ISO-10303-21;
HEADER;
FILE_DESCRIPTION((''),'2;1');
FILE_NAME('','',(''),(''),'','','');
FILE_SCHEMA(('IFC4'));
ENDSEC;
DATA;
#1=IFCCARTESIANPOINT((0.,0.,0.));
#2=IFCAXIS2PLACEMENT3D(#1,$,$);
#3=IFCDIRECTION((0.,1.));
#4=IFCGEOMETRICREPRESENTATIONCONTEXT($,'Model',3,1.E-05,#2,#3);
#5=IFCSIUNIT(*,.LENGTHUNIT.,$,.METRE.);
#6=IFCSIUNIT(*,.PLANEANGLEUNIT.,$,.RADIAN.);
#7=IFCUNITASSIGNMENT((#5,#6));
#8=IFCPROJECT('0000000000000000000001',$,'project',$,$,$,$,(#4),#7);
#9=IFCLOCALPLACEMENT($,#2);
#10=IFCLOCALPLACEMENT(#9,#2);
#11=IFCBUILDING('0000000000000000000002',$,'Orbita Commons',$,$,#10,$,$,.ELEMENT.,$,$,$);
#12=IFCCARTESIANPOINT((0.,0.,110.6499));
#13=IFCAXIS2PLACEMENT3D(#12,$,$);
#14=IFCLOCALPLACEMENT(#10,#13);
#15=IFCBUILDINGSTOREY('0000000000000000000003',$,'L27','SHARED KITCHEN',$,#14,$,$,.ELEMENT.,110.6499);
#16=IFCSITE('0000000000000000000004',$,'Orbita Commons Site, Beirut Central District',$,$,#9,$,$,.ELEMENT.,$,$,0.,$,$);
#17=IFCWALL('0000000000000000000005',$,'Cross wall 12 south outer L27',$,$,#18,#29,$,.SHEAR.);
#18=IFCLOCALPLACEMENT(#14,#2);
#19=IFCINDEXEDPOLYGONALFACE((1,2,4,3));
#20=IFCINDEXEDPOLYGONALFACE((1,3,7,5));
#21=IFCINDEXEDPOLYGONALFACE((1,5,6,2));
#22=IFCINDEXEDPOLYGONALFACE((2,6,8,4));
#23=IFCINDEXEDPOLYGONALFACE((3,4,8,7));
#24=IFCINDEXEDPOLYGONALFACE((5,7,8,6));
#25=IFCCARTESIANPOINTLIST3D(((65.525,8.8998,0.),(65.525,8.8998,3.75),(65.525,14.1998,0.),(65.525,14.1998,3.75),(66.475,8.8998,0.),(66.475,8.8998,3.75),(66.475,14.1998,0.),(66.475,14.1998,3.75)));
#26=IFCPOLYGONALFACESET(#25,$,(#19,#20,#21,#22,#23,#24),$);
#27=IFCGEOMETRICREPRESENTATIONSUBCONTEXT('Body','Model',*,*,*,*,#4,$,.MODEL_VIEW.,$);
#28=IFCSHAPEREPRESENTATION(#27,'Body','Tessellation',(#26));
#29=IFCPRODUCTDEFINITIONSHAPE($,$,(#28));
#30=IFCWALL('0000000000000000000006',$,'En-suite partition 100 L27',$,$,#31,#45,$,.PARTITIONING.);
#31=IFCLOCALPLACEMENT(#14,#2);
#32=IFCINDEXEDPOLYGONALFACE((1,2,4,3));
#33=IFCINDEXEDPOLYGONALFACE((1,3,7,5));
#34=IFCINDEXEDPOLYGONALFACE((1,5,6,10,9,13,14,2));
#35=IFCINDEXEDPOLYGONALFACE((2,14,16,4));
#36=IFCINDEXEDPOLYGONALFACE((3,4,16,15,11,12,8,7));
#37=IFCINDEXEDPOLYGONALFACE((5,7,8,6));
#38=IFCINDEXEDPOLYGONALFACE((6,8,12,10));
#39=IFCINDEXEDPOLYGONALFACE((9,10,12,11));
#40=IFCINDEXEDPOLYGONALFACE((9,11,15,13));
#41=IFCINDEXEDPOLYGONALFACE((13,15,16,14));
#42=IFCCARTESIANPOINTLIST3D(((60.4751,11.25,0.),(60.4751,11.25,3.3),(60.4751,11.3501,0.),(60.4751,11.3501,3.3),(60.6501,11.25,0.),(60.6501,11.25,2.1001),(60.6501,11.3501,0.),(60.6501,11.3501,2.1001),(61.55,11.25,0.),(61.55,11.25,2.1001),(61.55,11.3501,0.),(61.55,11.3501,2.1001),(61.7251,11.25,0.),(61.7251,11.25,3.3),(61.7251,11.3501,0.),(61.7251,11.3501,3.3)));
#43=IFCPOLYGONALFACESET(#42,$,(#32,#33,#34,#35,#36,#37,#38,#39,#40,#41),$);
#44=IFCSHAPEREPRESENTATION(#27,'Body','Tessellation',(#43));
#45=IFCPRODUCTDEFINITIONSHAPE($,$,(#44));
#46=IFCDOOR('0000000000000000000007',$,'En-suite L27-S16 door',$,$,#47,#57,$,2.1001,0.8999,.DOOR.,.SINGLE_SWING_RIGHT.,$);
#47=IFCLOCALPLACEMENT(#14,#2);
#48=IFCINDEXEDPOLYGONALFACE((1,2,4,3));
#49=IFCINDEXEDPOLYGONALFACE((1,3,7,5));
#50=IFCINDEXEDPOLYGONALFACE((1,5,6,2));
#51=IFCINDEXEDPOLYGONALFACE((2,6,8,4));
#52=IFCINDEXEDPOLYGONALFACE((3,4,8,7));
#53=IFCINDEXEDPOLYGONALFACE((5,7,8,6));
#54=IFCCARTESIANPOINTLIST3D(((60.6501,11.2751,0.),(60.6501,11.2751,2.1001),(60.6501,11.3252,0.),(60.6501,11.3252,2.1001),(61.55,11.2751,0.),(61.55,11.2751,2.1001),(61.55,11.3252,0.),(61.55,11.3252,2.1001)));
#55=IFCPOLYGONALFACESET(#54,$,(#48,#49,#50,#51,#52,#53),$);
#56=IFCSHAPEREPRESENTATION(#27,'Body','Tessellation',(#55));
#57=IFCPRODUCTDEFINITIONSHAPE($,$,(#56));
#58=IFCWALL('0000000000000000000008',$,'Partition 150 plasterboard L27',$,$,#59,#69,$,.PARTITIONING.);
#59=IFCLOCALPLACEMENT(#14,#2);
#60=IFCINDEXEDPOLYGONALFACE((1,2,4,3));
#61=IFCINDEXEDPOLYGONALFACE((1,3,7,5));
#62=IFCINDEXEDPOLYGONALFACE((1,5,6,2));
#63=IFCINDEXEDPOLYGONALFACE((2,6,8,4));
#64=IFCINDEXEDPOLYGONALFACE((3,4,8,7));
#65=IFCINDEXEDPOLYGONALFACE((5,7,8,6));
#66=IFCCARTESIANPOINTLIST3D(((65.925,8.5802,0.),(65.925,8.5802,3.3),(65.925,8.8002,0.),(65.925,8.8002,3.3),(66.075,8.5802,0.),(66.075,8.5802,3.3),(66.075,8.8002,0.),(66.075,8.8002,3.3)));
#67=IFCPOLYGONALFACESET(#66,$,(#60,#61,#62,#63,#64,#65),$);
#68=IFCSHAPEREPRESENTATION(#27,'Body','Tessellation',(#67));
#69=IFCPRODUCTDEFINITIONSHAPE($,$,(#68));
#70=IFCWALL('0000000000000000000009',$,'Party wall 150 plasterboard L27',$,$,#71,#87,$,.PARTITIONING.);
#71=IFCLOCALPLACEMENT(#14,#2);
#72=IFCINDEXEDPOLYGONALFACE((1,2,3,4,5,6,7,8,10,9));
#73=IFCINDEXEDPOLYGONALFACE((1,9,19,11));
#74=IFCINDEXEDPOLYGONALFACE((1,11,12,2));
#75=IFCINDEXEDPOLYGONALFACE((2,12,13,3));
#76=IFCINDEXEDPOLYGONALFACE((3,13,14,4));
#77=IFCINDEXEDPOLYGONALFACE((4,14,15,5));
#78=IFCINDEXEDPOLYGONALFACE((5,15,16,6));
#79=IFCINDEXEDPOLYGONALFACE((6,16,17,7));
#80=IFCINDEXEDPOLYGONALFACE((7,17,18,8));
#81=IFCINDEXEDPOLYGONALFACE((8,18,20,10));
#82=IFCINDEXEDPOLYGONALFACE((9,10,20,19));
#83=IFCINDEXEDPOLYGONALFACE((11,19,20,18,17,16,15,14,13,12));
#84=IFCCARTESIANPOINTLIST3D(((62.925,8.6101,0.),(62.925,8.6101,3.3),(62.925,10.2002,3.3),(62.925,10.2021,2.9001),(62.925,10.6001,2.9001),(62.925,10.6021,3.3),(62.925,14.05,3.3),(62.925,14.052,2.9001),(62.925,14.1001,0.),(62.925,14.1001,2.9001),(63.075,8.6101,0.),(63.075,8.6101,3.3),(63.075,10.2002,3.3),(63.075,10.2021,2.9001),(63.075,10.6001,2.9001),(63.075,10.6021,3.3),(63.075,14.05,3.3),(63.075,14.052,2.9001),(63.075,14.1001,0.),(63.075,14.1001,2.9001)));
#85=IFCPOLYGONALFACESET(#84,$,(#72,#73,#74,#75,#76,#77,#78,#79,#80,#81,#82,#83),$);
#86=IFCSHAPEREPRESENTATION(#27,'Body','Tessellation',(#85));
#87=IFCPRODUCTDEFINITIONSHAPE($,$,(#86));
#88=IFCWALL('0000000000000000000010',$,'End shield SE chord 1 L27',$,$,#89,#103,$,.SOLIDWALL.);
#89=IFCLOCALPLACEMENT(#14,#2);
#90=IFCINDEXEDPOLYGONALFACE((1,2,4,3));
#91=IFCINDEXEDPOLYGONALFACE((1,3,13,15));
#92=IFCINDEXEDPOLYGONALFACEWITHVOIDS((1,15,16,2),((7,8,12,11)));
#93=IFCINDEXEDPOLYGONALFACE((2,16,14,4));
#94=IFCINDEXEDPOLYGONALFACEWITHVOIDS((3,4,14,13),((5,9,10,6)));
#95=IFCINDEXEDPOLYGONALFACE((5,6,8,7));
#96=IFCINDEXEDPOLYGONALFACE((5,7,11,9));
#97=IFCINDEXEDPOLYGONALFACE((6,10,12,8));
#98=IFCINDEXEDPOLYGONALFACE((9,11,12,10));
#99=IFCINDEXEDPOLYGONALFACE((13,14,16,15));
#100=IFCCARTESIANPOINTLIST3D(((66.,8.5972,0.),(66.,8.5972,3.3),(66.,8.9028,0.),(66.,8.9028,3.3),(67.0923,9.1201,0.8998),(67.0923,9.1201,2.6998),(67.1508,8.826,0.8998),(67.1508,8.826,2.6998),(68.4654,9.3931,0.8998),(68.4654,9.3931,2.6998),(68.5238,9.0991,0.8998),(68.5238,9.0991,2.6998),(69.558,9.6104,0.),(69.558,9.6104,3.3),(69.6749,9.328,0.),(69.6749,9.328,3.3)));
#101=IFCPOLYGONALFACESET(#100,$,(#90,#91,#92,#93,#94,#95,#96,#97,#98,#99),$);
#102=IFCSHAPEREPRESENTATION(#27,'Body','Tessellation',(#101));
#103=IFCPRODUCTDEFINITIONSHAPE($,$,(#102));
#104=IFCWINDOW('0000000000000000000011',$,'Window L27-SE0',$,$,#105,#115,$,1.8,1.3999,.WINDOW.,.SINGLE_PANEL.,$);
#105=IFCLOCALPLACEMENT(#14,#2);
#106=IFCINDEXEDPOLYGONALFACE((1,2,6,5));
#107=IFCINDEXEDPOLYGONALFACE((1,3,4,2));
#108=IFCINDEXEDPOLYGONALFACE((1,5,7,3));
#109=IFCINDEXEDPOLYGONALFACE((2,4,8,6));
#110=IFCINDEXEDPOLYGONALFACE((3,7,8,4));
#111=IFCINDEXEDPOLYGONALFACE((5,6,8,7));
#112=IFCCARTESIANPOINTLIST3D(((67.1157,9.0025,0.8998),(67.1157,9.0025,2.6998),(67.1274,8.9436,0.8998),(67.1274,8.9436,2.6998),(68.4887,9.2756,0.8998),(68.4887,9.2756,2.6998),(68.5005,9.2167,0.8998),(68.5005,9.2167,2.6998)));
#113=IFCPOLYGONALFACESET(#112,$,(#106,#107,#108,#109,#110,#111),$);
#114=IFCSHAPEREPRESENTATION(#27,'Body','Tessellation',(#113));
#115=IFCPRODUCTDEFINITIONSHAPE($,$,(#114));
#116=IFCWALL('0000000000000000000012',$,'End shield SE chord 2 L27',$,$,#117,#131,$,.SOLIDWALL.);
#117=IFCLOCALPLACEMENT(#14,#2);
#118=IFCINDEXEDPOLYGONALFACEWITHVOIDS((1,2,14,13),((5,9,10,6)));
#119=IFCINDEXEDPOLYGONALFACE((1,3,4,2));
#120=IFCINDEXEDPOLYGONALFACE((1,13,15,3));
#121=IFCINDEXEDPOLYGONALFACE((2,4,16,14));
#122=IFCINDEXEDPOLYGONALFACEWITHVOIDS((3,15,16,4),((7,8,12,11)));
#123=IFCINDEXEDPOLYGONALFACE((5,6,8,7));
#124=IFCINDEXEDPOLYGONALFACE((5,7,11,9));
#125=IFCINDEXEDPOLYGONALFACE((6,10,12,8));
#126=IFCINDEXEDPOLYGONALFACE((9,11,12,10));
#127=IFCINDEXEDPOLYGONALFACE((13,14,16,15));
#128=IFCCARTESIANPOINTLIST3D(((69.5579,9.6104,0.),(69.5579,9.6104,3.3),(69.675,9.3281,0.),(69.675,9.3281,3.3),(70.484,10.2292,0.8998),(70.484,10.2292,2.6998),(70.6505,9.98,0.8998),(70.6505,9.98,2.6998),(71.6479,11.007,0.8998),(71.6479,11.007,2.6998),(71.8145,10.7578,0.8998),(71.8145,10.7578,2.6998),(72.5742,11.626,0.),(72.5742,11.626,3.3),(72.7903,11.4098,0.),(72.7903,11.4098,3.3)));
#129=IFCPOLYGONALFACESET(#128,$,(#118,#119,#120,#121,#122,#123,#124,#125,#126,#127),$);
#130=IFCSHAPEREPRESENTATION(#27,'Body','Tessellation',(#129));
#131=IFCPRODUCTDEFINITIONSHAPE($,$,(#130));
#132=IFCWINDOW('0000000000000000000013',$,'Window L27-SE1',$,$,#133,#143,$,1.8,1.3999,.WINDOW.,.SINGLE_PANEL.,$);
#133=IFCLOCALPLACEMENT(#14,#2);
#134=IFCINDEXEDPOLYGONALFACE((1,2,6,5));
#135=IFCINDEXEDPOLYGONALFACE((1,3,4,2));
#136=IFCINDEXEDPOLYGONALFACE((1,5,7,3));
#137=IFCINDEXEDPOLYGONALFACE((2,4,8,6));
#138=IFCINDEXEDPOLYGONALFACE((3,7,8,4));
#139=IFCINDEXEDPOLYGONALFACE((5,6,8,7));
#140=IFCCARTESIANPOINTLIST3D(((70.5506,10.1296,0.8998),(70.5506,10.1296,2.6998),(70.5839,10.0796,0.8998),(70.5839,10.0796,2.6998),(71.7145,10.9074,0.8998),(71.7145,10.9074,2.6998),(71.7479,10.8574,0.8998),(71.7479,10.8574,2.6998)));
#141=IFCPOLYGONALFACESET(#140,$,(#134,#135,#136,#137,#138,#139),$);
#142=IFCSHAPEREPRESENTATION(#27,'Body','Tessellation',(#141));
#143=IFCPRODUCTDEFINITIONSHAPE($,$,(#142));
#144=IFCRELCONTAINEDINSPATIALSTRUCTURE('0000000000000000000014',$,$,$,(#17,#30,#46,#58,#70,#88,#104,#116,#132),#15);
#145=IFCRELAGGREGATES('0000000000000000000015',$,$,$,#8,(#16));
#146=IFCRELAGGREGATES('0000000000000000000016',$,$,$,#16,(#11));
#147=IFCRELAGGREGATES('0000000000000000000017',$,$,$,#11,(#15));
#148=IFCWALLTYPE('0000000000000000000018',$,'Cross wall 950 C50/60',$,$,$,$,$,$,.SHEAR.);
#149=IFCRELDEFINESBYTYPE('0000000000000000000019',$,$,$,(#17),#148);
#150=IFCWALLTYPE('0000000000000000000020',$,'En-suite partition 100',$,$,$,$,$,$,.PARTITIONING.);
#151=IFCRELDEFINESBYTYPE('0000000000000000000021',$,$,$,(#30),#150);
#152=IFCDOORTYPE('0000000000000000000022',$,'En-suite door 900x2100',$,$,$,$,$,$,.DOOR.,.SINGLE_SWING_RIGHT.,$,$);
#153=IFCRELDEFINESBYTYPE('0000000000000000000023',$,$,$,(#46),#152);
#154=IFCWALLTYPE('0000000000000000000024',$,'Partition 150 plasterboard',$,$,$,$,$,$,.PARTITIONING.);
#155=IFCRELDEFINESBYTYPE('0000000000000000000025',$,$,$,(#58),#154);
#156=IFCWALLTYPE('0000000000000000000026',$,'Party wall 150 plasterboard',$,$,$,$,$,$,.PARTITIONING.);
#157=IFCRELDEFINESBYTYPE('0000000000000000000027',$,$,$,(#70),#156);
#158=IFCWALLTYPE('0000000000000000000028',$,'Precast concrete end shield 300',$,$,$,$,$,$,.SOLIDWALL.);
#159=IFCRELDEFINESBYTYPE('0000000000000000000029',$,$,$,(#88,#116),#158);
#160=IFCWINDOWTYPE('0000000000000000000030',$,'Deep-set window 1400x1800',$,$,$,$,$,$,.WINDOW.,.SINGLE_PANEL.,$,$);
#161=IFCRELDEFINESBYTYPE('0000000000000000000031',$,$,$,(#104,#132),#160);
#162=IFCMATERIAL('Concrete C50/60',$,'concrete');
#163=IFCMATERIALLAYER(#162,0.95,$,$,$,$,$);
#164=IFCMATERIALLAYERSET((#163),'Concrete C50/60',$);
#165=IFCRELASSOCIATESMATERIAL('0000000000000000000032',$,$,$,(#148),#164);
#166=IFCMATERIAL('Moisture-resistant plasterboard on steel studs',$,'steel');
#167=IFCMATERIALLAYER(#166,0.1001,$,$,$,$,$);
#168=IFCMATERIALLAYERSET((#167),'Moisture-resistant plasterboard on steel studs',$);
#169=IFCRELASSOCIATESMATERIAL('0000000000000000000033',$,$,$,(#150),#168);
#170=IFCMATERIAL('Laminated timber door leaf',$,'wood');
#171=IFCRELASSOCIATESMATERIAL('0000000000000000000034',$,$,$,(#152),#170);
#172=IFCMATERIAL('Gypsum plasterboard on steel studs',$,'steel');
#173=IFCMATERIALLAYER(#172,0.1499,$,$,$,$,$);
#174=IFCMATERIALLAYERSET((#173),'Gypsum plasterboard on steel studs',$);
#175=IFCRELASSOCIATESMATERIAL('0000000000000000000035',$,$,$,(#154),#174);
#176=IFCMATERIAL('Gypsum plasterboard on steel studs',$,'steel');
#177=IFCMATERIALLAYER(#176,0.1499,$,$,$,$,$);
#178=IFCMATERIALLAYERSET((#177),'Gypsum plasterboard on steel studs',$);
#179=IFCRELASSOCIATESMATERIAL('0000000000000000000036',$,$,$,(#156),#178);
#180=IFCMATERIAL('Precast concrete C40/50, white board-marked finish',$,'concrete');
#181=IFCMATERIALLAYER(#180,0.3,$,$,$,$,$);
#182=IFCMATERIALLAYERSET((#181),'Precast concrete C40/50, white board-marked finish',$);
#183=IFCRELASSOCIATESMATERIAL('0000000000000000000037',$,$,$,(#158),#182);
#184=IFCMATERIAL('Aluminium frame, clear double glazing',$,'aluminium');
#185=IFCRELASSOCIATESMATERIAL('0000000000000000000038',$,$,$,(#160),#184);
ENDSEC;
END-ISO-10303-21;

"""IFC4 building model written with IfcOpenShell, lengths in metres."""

from ifc_helpers import new_model, si_unit, direction, frame, frame_2d, origin, place, context, subcontext, project, spatial, polyline, rectangle, outline, extrude, material, layer, layer_set, type_object, element, fill, save


model = new_model("IFC4")

# Units and contexts
model_context = context("Model", 3, precision=1e-05, world=origin(), true_north=direction((0.0, 1.0)))
body_context = subcontext(model_context, "Body", "Model", "MODEL_VIEW")
ifc_project = project(units=[si_unit("LENGTHUNIT", "METRE"), si_unit("PLANEANGLEUNIT", "RADIAN")], contexts=[model_context])

# Site, building, storey
site_placement = place(None, origin())
site = spatial("IfcSite", under=ifc_project, at=site_placement, Name="Orbita Commons Site, Beirut Central District", CompositionType="ELEMENT", RefElevation=0.0)
building_placement = place(site_placement, origin())
building = spatial("IfcBuilding", under=site, at=building_placement, Name="Orbita Commons", CompositionType="ELEMENT")
storey_placement = place(building_placement, frame((0.0, 0.0, 110.6499)))
storey = spatial("IfcBuildingStorey", under=building, at=storey_placement, Name="L27", Description="SHARED KITCHEN", CompositionType="ELEMENT", Elevation=110.6499)

# Wall
ifc_material_1 = material(Name="Concrete C50/60", Category="concrete")
ifc_layer_1 = layer(ifc_material_1, 0.95)
ifc_layer_set_1 = layer_set([ifc_layer_1], Name="Concrete C50/60")
wall_type_1 = type_object("IfcWallType", Name="Cross wall 950 C50/60", PredefinedType="SHEAR", material=ifc_layer_set_1)
wall_1_placement = place(storey_placement, frame((66.0, 8.8999, 0.0), z_axis=(0.0, 0.0, 1.0), x_axis=(0.0, 1.0, 0.0)))
element("IfcWall", 1, at=wall_1_placement, inside=storey, type_object=wall_type_1, Name="Cross wall 12 south outer L27", PredefinedType="SHEAR", context=body_context, shape_type="SweptSolid", body=[
    extrude(rectangle(XDim=5.3, YDim=0.95, at=frame_2d((2.6499, 0.0))), origin(), (0.0, 0.0, 1.0), 3.75),
])

# Wall, opening, door
ifc_material_2 = material(Name="Moisture-resistant plasterboard on steel studs", Category="steel")
ifc_layer_2 = layer(ifc_material_2, 0.1001)
ifc_layer_set_2 = layer_set([ifc_layer_2], Name="Moisture-resistant plasterboard on steel studs")
wall_type_2 = type_object("IfcWallType", Name="En-suite partition 100", PredefinedType="PARTITIONING", material=ifc_layer_set_2)
wall_2_placement = place(storey_placement, frame((61.7251, 11.3, 0.0), z_axis=(0.0, 0.0, 1.0), x_axis=(-1.0, 0.0, 0.0)))
wall_2 = element("IfcWall", 2, at=wall_2_placement, inside=storey, type_object=wall_type_2, Name="En-suite partition 100 L27", PredefinedType="PARTITIONING", context=body_context, shape_type="SweptSolid", body=[
    extrude(rectangle(XDim=1.25, YDim=0.1001, at=frame_2d((0.625, 0.0))), origin(), (0.0, 0.0, 1.0), 3.3),
])
opening_1_placement = place(wall_2_placement, frame((0.175, 0.0, 0.0)))
opening_1 = element("IfcOpeningElement", 3, at=opening_1_placement, cuts=wall_2, PredefinedType="OPENING", context=body_context, shape_type="SweptSolid", body=[
    extrude(rectangle(XDim=0.8999, YDim=2.1001, at=frame_2d((0.45, 1.05))), frame((0.0, 0.0601, 0.0), z_axis=(0.0, -1.0, 0.0), x_axis=(1.0, 0.0, 0.0)), (0.0, 0.0, 1.0), 0.1201),
])
ifc_material_3 = material(Name="Laminated timber door leaf", Category="wood")
door_type_1 = type_object("IfcDoorType", Name="En-suite door 900x2100", OperationType="SINGLE_SWING_RIGHT", PredefinedType="DOOR", material=ifc_material_3)
door_1_placement = place(opening_1_placement, origin())
door_1 = element("IfcDoor", 4, at=door_1_placement, inside=storey, type_object=door_type_1, Name="En-suite L27-S16 door", OperationType="SINGLE_SWING_RIGHT", OverallHeight=2.1001, OverallWidth=0.8999, PredefinedType="DOOR", context=body_context, shape_type="SweptSolid", body=[
    extrude(rectangle(XDim=0.8999, YDim=2.1001, at=frame_2d((0.45, 1.05))), frame((0.0, 0.0249, 0.0), z_axis=(0.0, -1.0, 0.0), x_axis=(1.0, 0.0, 0.0)), (0.0, 0.0, 1.0), 0.05),
])
fill(opening_1, door_1)

# Walls
ifc_material_4 = material(Name="Gypsum plasterboard on steel studs", Category="steel")
ifc_layer_3 = layer(ifc_material_4, 0.1499)
ifc_layer_set_3 = layer_set([ifc_layer_3], Name="Gypsum plasterboard on steel studs")
wall_type_3 = type_object("IfcWallType", Name="Partition 150 plasterboard", PredefinedType="PARTITIONING", material=ifc_layer_set_3)
wall_3_placement = place(storey_placement, frame((66.0, 8.8, 0.0), z_axis=(0.0, 0.0, 1.0), x_axis=(0.0, -1.0, 0.0)))
element("IfcWall", 5, at=wall_3_placement, inside=storey, type_object=wall_type_3, Name="Partition 150 plasterboard L27", PredefinedType="PARTITIONING", context=body_context, shape_type="SweptSolid", body=[
    extrude(rectangle(XDim=0.22, YDim=0.1499, at=frame_2d((0.1099, 0.0))), origin(), (0.0, 0.0, 1.0), 3.3),
])
ifc_material_5 = material(Name="Gypsum plasterboard on steel studs", Category="steel")
ifc_layer_4 = layer(ifc_material_5, 0.1499)
ifc_layer_set_4 = layer_set([ifc_layer_4], Name="Gypsum plasterboard on steel studs")
wall_type_4 = type_object("IfcWallType", Name="Party wall 150 plasterboard", PredefinedType="PARTITIONING", material=ifc_layer_set_4)
wall_4_placement = place(storey_placement, frame((63.0, 8.6101, 0.0), z_axis=(0.0, 0.0, 1.0), x_axis=(0.0, 1.0, 0.0)))
element("IfcWall", 6, at=wall_4_placement, inside=storey, type_object=wall_type_4, Name="Party wall 150 plasterboard L27", PredefinedType="PARTITIONING", context=body_context, shape_type="SweptSolid", body=[
    extrude(outline(polyline([(0.0, 0.0), (5.49, 0.0), (5.49, 2.9001), (5.4419, 2.9001), (5.4399, 3.3), (1.9919, 3.3), (1.99, 2.9001), (1.592, 2.9001), (1.5901, 3.3), (0.0, 3.3), (0.0, 0.0)])), frame((0.0, 0.075, 0.0), z_axis=(0.0, -1.0, 0.0), x_axis=(1.0, 0.0, 0.0)), (0.0, 0.0, 1.0), 0.1499),
])

# Walls, openings, windows
ifc_material_6 = material(Name="Precast concrete C40/50, white board-marked finish", Category="concrete")
ifc_layer_5 = layer(ifc_material_6, 0.3)
ifc_layer_set_5 = layer_set([ifc_layer_5], Name="Precast concrete C40/50, white board-marked finish")
wall_type_5 = type_object("IfcWallType", Name="Precast concrete end shield 300", PredefinedType="SOLIDWALL", material=ifc_layer_set_5)
wall_5_placement = place(storey_placement, frame((66.0, 8.75, 0.0), z_axis=(0.0, 0.0, 1.0), x_axis=(0.980791, 0.195059, 0.0)))
wall_5 = element("IfcWall", 7, at=wall_5_placement, inside=storey, type_object=wall_type_5, Name="End shield SE chord 1 L27", PredefinedType="SOLIDWALL", context=body_context, shape_type="SweptSolid", body=[
    extrude(outline(polyline([(-0.0298, -0.1499), (3.717, -0.1499), (3.6575, 0.1499), (0.0298, 0.1499), (-0.0298, -0.1499)])), origin(), (0.0, 0.0, 1.0), 3.3),
])
opening_2_placement = place(wall_5_placement, frame((1.1436, 0.0, 0.8999)))
opening_2 = element("IfcOpeningElement", 8, at=opening_2_placement, cuts=wall_5, PredefinedType="OPENING", context=body_context, shape_type="SweptSolid", body=[
    extrude(rectangle(XDim=1.3999, YDim=1.8, at=frame_2d((0.7, 0.8999))), frame((0.0, 0.1599, 0.0), z_axis=(0.0, -1.0, 0.0), x_axis=(1.0, 0.0, 0.0)), (0.0, 0.0, 1.0), 0.3201),
])
ifc_material_7 = material(Name="Aluminium frame, clear double glazing", Category="aluminium")
window_type = type_object("IfcWindowType", Name="Deep-set window 1400x1800", PartitioningType="SINGLE_PANEL", PredefinedType="WINDOW", material=ifc_material_7)
window_1_placement = place(opening_2_placement, origin())
window_1 = element("IfcWindow", 9, at=window_1_placement, inside=storey, type_object=window_type, Name="Window L27-SE0", OverallHeight=1.8, OverallWidth=1.3999, PartitioningType="SINGLE_PANEL", PredefinedType="WINDOW", context=body_context, shape_type="SweptSolid", body=[
    extrude(rectangle(XDim=1.3999, YDim=1.8, at=frame_2d((0.7, 0.8999))), frame((0.0, 0.03, 0.0), z_axis=(0.0, -1.0, 0.0), x_axis=(1.0, 0.0, 0.0)), (0.0, 0.0, 1.0), 0.0601),
])
fill(opening_2, window_1)
wall_6_placement = place(storey_placement, frame((69.6165, 9.4692, 0.0), z_axis=(0.0, 0.0, 1.0), x_axis=(0.831449, 0.555601, 0.0)))
wall_6 = element("IfcWall", 10, at=wall_6_placement, inside=storey, type_object=wall_type_5, Name="End shield SE chord 2 L27", PredefinedType="SOLIDWALL", context=body_context, shape_type="SweptSolid", body=[
    extrude(outline(polyline([(-0.0298, -0.1499), (3.717, -0.1499), (3.6575, 0.1499), (0.0298, 0.1499), (-0.0298, -0.1499)])), origin(), (0.0, 0.0, 1.0), 3.3),
])
opening_3_placement = place(wall_6_placement, frame((1.1436, 0.0, 0.8999)))
opening_3 = element("IfcOpeningElement", 11, at=opening_3_placement, cuts=wall_6, PredefinedType="OPENING", context=body_context, shape_type="SweptSolid", body=[
    extrude(rectangle(XDim=1.3999, YDim=1.8, at=frame_2d((0.7, 0.8999))), frame((0.0, 0.1599, 0.0), z_axis=(0.0, -1.0, 0.0), x_axis=(1.0, 0.0, 0.0)), (0.0, 0.0, 1.0), 0.3201),
])
window_2_placement = place(opening_3_placement, origin())
window_2 = element("IfcWindow", 12, at=window_2_placement, inside=storey, type_object=window_type, Name="Window L27-SE1", OverallHeight=1.8, OverallWidth=1.3999, PartitioningType="SINGLE_PANEL", PredefinedType="WINDOW", context=body_context, shape_type="SweptSolid", body=[
    extrude(rectangle(XDim=1.3999, YDim=1.8, at=frame_2d((0.7, 0.8999))), frame((0.0, 0.03, 0.0), z_axis=(0.0, -1.0, 0.0), x_axis=(1.0, 0.0, 0.0)), (0.0, 0.0, 1.0), 0.0601),
])
fill(opening_3, window_2)

save(model, "model.ifc")
